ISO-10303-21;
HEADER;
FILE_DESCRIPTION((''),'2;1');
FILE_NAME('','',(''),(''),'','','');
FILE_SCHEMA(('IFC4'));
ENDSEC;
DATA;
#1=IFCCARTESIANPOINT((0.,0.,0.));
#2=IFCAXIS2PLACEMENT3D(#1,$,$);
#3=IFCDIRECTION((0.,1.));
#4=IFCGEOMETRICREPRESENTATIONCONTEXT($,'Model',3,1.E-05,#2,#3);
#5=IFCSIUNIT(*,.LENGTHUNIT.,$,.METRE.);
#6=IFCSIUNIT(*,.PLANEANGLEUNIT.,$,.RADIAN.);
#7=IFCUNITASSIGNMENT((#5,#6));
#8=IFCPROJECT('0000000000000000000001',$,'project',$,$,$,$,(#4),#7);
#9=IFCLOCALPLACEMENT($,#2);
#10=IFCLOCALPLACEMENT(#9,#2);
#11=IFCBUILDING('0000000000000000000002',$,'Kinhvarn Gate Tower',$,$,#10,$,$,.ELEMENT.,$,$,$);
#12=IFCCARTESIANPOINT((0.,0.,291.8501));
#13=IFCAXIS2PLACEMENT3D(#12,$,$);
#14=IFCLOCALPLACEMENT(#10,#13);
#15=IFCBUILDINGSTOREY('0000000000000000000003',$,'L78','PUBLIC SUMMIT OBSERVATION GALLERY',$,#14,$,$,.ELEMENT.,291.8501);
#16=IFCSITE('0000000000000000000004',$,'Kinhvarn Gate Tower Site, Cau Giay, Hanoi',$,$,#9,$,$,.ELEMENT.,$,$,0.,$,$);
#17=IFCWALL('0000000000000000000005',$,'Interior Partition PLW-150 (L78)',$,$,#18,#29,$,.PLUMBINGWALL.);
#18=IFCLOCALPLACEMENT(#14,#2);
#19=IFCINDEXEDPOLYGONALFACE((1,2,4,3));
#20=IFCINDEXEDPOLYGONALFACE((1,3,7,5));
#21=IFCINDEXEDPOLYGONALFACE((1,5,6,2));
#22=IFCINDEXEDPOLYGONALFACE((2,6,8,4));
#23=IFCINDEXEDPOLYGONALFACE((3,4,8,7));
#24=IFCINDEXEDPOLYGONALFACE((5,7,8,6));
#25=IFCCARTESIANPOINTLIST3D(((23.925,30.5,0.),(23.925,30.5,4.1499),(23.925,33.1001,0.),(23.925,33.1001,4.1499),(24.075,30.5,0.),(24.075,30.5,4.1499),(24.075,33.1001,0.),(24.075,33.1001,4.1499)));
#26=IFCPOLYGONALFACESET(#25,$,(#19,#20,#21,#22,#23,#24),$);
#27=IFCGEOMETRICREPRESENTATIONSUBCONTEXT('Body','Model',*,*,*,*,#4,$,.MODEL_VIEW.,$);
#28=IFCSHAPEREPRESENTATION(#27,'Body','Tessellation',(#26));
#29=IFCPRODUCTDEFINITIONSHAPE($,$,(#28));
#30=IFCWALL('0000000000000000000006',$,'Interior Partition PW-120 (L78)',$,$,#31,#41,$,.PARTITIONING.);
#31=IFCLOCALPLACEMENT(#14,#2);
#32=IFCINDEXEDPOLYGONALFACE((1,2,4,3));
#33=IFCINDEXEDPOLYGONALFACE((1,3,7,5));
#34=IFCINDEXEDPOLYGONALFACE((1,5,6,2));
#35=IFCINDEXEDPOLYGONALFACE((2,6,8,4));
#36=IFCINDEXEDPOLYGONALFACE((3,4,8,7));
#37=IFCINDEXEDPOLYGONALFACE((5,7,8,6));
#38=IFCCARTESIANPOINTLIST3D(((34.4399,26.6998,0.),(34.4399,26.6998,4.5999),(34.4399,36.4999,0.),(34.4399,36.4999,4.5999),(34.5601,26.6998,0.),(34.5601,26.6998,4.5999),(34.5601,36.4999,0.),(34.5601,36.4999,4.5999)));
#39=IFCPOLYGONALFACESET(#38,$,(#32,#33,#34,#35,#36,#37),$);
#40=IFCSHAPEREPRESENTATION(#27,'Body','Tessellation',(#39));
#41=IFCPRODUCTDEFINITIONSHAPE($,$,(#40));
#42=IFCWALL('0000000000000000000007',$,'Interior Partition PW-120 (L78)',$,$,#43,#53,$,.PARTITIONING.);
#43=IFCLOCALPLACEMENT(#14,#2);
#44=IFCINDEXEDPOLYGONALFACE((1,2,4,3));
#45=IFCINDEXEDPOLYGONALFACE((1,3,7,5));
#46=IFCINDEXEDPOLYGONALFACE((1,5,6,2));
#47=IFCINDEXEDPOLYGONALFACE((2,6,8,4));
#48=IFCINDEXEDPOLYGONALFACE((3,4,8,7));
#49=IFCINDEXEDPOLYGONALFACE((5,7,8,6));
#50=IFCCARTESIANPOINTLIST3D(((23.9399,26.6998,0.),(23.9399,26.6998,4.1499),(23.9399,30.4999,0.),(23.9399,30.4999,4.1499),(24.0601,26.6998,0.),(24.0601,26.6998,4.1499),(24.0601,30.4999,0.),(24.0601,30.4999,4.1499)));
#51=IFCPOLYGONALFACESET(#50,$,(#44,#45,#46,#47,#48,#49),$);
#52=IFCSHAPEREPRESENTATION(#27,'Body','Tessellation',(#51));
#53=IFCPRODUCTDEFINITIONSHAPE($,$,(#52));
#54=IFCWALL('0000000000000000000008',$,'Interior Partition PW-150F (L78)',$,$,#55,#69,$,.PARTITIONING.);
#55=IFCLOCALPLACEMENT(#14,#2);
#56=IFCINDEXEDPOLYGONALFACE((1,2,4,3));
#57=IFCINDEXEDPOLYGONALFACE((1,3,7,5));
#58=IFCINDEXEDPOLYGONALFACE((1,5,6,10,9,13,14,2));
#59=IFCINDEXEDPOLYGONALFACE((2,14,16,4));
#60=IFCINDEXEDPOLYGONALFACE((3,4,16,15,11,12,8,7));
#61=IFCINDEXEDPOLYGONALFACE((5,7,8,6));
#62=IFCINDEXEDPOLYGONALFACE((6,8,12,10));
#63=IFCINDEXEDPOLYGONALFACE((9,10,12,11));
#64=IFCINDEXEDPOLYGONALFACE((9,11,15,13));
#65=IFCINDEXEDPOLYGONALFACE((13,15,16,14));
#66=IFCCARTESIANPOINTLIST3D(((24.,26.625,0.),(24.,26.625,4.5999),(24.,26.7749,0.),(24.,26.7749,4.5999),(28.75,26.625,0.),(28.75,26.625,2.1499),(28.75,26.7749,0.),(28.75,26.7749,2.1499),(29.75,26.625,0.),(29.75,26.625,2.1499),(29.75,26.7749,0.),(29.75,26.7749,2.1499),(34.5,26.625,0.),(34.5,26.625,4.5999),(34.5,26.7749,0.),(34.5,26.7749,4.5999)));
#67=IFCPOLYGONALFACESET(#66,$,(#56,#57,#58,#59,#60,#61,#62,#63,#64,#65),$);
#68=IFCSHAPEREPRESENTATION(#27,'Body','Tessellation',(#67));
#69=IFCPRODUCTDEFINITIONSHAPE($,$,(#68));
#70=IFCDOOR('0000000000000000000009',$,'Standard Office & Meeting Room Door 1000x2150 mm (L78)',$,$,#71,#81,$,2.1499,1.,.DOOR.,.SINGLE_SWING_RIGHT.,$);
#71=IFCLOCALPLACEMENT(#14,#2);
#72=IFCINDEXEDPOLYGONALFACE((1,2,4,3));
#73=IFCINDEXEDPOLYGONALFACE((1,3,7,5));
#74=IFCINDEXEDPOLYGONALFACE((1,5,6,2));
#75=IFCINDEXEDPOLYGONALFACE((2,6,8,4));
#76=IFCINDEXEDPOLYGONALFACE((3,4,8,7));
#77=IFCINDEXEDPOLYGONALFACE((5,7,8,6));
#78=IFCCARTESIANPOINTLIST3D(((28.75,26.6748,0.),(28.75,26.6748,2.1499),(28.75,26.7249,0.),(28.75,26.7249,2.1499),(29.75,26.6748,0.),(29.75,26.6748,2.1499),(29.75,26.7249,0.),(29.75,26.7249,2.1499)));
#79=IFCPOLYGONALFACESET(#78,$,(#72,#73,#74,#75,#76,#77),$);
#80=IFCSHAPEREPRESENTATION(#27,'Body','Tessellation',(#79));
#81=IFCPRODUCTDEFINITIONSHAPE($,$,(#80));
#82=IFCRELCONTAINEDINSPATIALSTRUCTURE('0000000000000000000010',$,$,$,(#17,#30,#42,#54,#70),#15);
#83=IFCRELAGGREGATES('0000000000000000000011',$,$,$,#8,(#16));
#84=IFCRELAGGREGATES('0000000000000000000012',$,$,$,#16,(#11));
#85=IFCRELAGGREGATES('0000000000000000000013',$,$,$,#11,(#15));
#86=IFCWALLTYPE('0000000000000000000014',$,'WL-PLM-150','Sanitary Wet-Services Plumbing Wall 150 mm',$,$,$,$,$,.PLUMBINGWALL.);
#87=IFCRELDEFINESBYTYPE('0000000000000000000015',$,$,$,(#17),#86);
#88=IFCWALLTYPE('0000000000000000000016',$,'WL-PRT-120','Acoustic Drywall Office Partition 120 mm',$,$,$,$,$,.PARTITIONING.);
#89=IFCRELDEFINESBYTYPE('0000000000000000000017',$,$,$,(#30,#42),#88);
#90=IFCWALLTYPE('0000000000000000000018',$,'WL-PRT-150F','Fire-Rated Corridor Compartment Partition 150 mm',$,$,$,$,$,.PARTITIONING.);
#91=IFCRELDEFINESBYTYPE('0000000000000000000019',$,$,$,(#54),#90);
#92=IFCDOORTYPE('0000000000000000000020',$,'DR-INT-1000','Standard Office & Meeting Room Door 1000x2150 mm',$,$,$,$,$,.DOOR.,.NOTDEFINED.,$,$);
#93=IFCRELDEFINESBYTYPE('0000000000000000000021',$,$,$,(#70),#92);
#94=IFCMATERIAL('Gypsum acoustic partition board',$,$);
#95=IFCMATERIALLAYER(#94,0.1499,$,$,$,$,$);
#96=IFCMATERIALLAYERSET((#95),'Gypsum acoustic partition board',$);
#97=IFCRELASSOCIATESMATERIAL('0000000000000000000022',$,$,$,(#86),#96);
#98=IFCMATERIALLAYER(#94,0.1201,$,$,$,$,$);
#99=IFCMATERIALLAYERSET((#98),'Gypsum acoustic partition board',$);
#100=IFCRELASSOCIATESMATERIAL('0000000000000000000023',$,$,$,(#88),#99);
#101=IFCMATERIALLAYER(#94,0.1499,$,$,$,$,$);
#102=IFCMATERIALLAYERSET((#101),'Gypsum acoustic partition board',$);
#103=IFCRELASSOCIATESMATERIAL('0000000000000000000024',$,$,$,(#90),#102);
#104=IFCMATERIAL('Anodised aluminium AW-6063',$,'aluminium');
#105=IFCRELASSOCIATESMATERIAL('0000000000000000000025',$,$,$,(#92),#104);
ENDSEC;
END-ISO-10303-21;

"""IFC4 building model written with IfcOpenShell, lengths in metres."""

from ifc_helpers import new_model, si_unit, direction, frame, frame_2d, origin, place, context, subcontext, project, spatial, rectangle, extrude, material, layer, layer_set, type_object, element, fill, save


model = new_model("IFC4")

# Units and contexts
model_context = context("Model", 3, precision=1e-05, world=origin(), true_north=direction((0.0, 1.0)))
body_context = subcontext(model_context, "Body", "Model", "MODEL_VIEW")
ifc_project = project(units=[si_unit("LENGTHUNIT", "METRE"), si_unit("PLANEANGLEUNIT", "RADIAN")], contexts=[model_context])

# Site, building, storey
site_placement = place(None, origin())
site = spatial("IfcSite", under=ifc_project, at=site_placement, Name="Kinhvarn Gate Tower Site, Cau Giay, Hanoi", CompositionType="ELEMENT", RefElevation=0.0)
building_placement = place(site_placement, origin())
building = spatial("IfcBuilding", under=site, at=building_placement, Name="Kinhvarn Gate Tower", CompositionType="ELEMENT")
storey_placement = place(building_placement, frame((0.0, 0.0, 291.8501)))
storey = spatial("IfcBuildingStorey", under=building, at=storey_placement, Name="L78", Description="PUBLIC SUMMIT OBSERVATION GALLERY", CompositionType="ELEMENT", Elevation=291.8501)

# Walls
ifc_material_1 = material(Name="Gypsum acoustic partition board")
ifc_layer_1 = layer(ifc_material_1, 0.1499)
ifc_layer_set_1 = layer_set([ifc_layer_1], Name="Gypsum acoustic partition board")
wall_type_1 = type_object("IfcWallType", Name="WL-PLM-150", Description="Sanitary Wet-Services Plumbing Wall 150 mm", PredefinedType="PLUMBINGWALL", material=ifc_layer_set_1)
wall_1_placement = place(storey_placement, frame((24.0, 30.5, 0.0), z_axis=(0.0, 0.0, 1.0), x_axis=(0.0, 1.0, 0.0)))
element("IfcWall", 1, at=wall_1_placement, inside=storey, type_object=wall_type_1, Name="Interior Partition PLW-150 (L78)", PredefinedType="PLUMBINGWALL", context=body_context, shape_type="SweptSolid", body=[
    extrude(rectangle(XDim=2.6001, YDim=0.1499, at=frame_2d((1.3, 0.0))), origin(), (0.0, 0.0, 1.0), 4.1499),
])
ifc_layer_2 = layer(ifc_material_1, 0.1201)
ifc_layer_set_2 = layer_set([ifc_layer_2], Name="Gypsum acoustic partition board")
wall_type_2 = type_object("IfcWallType", Name="WL-PRT-120", Description="Acoustic Drywall Office Partition 120 mm", PredefinedType="PARTITIONING", material=ifc_layer_set_2)
wall_2_placement = place(storey_placement, frame((34.5, 26.7, 0.0), z_axis=(0.0, 0.0, 1.0), x_axis=(0.0, 1.0, 0.0)))
element("IfcWall", 2, at=wall_2_placement, inside=storey, type_object=wall_type_2, Name="Interior Partition PW-120 (L78)", PredefinedType="PARTITIONING", context=body_context, shape_type="SweptSolid", body=[
    extrude(rectangle(XDim=9.8, YDim=0.1201, at=frame_2d((4.8999, 0.0))), origin(), (0.0, 0.0, 1.0), 4.5999),
])
wall_3_placement = place(storey_placement, frame((24.0, 26.7, 0.0), z_axis=(0.0, 0.0, 1.0), x_axis=(0.0, 1.0, 0.0)))
element("IfcWall", 3, at=wall_3_placement, inside=storey, type_object=wall_type_2, Name="Interior Partition PW-120 (L78)", PredefinedType="PARTITIONING", context=body_context, shape_type="SweptSolid", body=[
    extrude(rectangle(XDim=3.8, YDim=0.1201, at=frame_2d((1.8999, 0.0))), origin(), (0.0, 0.0, 1.0), 4.1499),
])

# Wall, opening, door
ifc_layer_3 = layer(ifc_material_1, 0.1499)
ifc_layer_set_3 = layer_set([ifc_layer_3], Name="Gypsum acoustic partition board")
wall_type_3 = type_object("IfcWallType", Name="WL-PRT-150F", Description="Fire-Rated Corridor Compartment Partition 150 mm", PredefinedType="PARTITIONING", material=ifc_layer_set_3)
wall_4_placement = place(storey_placement, frame((24.0, 26.7, 0.0), z_axis=(0.0, 0.0, 1.0), x_axis=(1.0, 0.0, 0.0)))
wall_4 = element("IfcWall", 4, at=wall_4_placement, inside=storey, type_object=wall_type_3, Name="Interior Partition PW-150F (L78)", PredefinedType="PARTITIONING", context=body_context, shape_type="SweptSolid", body=[
    extrude(rectangle(XDim=10.5, YDim=0.1499, at=frame_2d((5.25, 0.0))), origin(), (0.0, 0.0, 1.0), 4.5999),
])
opening_placement = place(wall_4_placement, frame((4.75, 0.0, 0.0)))
opening = element("IfcOpeningElement", 5, at=opening_placement, cuts=wall_4, PredefinedType="OPENING", context=body_context, shape_type="SweptSolid", body=[
    extrude(rectangle(XDim=1.0, YDim=2.1499, at=frame_2d((0.5, 1.075))), frame((0.0, 0.085, 0.0), z_axis=(0.0, -1.0, 0.0), x_axis=(1.0, 0.0, 0.0)), (0.0, 0.0, 1.0), 0.1699),
])
ifc_material_2 = material(Name="Anodised aluminium AW-6063", Category="aluminium")
door_type = type_object("IfcDoorType", Name="DR-INT-1000", Description="Standard Office & Meeting Room Door 1000x2150 mm", OperationType="NOTDEFINED", PredefinedType="DOOR", material=ifc_material_2)
door_placement = place(opening_placement, origin())
door = element("IfcDoor", 6, at=door_placement, inside=storey, type_object=door_type, Name="Standard Office & Meeting Room Door 1000x2150 mm (L78)", OperationType="SINGLE_SWING_RIGHT", OverallHeight=2.1499, OverallWidth=1.0, PredefinedType="DOOR", context=body_context, shape_type="SweptSolid", body=[
    extrude(rectangle(XDim=1.0, YDim=2.1499, at=frame_2d((0.5, 1.075))), frame((0.0, 0.0249, 0.0), z_axis=(0.0, -1.0, 0.0), x_axis=(1.0, 0.0, 0.0)), (0.0, 0.0, 1.0), 0.05),
])
fill(opening, door)

save(model, "model.ifc")
